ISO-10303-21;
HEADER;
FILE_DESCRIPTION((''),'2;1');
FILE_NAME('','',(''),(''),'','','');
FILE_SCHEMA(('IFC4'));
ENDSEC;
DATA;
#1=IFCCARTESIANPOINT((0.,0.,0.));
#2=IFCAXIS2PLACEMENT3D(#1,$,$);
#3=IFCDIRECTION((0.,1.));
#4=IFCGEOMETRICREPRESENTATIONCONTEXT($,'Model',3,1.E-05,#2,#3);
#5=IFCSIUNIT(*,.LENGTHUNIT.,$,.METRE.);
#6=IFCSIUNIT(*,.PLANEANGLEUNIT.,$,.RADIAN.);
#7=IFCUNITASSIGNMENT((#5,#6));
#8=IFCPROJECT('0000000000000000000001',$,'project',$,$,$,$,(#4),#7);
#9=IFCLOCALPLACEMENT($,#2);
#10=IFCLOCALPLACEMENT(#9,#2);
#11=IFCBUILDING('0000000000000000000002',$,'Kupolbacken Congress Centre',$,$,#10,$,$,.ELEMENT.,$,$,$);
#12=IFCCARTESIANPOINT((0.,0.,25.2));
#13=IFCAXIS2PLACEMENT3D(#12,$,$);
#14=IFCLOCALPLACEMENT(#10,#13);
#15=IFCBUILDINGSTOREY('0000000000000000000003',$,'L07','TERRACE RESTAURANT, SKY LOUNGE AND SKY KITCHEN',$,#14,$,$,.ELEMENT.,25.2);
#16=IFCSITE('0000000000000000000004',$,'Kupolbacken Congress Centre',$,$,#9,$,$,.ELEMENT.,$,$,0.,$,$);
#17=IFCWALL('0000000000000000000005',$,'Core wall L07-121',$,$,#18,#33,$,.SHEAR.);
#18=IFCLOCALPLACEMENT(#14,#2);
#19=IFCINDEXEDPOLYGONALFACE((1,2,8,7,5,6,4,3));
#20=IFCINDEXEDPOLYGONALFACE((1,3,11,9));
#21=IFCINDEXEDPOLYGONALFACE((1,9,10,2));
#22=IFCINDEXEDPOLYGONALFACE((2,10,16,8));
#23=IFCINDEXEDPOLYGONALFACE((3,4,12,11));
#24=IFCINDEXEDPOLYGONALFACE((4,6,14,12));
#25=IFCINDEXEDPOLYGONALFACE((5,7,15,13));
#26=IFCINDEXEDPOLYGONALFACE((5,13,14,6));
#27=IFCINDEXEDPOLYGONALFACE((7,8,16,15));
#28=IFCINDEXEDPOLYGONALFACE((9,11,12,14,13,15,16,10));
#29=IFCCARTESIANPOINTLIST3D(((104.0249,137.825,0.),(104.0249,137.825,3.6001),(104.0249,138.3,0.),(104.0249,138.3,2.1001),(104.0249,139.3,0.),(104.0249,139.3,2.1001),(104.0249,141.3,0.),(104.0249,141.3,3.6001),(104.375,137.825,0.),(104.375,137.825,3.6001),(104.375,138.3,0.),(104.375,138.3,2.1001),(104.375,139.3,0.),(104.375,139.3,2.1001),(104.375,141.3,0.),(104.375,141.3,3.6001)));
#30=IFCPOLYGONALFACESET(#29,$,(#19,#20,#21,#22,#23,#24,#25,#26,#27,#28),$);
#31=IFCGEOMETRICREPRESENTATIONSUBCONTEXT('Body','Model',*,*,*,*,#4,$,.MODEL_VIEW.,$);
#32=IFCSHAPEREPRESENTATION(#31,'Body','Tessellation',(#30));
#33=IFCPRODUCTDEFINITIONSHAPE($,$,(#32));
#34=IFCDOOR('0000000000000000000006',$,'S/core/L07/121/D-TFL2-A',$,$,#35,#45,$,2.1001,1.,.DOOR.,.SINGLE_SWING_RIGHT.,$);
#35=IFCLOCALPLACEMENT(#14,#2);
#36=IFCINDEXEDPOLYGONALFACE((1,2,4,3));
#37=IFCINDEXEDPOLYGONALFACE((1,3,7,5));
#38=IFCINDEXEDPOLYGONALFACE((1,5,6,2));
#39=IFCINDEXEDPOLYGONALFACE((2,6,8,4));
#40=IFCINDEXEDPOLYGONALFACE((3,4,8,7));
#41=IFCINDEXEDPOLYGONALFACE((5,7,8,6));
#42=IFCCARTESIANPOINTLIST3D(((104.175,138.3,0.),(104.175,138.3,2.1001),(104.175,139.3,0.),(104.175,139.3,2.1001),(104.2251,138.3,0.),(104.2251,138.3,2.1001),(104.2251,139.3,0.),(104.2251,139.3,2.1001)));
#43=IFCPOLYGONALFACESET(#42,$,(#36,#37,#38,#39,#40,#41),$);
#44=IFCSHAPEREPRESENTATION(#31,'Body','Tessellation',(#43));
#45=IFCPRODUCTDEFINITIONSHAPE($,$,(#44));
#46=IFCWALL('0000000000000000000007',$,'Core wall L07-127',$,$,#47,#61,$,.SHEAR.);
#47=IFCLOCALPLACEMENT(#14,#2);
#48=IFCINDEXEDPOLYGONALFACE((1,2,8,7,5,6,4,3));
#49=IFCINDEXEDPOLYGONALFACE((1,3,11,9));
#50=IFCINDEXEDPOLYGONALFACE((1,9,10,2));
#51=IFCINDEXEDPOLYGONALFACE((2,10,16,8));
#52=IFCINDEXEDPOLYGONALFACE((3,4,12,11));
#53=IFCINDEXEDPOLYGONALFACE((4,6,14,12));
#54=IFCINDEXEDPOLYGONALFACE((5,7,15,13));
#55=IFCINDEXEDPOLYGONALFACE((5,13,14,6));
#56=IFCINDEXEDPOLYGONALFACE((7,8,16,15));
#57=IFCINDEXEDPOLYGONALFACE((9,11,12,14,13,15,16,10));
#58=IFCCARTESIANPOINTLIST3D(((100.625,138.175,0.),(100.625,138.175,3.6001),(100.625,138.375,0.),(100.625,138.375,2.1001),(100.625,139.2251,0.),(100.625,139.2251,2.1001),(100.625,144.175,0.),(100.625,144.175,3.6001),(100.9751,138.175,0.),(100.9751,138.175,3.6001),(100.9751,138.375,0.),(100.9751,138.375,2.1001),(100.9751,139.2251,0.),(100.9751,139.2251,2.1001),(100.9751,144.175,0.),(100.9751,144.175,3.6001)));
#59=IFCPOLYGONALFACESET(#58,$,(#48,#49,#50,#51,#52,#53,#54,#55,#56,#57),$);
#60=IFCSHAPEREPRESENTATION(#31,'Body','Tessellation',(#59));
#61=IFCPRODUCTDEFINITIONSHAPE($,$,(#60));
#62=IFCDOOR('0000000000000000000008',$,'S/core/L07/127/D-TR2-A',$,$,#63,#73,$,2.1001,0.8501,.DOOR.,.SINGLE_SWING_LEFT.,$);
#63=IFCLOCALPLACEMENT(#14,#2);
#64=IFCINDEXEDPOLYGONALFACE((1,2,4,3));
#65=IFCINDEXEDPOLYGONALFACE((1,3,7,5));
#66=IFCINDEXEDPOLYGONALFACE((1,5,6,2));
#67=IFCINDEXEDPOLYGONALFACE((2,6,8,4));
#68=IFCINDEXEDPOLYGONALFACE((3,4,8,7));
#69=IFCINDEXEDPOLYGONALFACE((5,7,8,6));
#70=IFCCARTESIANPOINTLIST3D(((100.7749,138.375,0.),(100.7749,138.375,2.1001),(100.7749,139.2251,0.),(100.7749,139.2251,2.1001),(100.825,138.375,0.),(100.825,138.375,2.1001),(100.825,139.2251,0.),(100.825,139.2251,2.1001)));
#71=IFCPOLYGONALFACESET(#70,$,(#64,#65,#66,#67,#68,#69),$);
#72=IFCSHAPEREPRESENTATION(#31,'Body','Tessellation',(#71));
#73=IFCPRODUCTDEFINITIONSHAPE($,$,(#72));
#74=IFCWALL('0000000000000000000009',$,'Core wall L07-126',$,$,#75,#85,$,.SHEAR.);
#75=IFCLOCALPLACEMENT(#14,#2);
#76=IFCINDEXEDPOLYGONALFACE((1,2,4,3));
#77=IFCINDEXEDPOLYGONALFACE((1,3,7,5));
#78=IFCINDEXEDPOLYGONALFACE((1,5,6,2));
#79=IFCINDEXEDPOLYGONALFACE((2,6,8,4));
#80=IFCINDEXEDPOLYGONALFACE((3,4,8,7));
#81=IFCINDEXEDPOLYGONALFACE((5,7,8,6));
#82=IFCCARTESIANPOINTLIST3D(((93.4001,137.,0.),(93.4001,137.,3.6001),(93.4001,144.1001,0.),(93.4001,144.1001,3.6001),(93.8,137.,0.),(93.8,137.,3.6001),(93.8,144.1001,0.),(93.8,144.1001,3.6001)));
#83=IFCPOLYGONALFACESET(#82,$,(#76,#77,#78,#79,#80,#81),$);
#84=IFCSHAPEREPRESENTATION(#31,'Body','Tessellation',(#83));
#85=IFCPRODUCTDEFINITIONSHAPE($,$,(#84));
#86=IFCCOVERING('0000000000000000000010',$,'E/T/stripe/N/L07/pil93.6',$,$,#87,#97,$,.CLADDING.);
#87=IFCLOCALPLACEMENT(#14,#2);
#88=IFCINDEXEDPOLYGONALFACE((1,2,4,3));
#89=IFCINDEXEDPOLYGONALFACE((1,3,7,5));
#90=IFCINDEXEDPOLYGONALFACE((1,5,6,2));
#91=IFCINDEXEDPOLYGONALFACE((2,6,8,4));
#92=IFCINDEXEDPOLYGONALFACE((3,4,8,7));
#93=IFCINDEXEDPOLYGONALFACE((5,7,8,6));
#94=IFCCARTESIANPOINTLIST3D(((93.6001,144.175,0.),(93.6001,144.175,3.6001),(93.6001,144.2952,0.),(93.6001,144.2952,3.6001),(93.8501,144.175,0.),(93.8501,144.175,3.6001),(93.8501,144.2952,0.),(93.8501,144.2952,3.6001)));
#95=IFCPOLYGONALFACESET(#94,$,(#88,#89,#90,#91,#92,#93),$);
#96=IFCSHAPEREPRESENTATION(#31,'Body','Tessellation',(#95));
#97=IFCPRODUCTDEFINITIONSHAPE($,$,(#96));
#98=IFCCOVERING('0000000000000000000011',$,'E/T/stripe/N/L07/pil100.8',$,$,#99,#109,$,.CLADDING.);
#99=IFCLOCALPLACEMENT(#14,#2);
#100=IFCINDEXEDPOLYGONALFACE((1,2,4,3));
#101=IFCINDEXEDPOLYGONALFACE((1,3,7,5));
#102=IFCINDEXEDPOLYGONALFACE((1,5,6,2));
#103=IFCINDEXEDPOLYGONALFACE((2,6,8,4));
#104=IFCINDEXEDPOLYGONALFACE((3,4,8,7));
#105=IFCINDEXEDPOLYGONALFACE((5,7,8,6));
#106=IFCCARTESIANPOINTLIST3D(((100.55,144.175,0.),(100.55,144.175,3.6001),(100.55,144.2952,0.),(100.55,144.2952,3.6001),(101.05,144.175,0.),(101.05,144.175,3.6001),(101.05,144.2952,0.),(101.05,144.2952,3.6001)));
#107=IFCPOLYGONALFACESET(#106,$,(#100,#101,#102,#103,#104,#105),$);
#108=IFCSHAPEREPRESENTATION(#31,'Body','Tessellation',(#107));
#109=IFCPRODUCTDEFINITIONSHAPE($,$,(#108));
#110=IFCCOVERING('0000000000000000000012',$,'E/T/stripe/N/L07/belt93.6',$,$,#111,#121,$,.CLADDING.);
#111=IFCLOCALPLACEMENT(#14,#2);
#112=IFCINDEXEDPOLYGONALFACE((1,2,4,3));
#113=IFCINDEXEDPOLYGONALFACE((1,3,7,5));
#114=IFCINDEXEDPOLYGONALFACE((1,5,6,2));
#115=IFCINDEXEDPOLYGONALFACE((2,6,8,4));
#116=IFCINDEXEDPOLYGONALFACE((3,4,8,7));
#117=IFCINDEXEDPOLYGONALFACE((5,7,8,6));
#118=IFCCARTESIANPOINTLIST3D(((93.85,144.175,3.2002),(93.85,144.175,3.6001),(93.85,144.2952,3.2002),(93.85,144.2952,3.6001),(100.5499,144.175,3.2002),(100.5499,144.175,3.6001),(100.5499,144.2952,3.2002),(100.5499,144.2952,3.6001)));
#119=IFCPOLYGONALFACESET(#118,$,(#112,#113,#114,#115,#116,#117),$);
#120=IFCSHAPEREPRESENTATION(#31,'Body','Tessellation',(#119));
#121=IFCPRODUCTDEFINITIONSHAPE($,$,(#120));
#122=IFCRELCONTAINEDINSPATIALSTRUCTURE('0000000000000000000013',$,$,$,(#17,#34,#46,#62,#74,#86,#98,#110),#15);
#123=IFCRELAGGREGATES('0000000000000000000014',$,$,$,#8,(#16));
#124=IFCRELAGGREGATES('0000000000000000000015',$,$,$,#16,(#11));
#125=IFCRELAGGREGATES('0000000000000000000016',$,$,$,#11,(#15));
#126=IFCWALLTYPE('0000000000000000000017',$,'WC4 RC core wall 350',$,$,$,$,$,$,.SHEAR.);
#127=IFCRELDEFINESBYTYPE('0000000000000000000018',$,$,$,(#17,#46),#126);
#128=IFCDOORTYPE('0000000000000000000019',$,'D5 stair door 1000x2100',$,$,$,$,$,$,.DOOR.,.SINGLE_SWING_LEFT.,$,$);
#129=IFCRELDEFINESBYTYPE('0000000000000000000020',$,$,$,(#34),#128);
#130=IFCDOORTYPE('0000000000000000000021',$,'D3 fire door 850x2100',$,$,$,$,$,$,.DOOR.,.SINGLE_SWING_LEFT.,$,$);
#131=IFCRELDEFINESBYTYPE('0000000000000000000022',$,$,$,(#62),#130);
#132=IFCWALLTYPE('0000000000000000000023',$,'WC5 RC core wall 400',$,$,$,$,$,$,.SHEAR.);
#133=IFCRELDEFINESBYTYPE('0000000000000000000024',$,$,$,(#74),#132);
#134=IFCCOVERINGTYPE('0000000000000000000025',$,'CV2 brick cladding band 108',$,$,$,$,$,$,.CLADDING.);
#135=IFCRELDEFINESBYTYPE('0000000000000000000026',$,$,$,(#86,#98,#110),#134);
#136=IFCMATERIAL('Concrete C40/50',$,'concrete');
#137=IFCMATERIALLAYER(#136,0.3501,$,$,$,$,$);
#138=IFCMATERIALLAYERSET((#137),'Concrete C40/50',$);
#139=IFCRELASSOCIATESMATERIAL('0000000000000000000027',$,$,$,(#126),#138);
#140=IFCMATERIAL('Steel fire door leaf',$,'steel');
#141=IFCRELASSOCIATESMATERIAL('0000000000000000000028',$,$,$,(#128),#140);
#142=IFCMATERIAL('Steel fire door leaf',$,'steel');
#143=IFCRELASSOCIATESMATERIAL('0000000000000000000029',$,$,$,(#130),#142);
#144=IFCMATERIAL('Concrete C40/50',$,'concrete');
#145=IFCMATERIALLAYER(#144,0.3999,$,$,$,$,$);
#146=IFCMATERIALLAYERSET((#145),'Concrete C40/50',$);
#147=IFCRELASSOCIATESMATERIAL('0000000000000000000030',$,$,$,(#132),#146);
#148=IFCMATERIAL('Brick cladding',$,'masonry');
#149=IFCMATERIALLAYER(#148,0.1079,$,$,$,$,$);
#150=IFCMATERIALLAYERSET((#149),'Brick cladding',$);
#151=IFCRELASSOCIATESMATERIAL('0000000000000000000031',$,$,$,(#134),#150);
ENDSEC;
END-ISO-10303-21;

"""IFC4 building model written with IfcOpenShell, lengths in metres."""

from ifc_helpers import new_model, si_unit, direction, frame, frame_2d, origin, origin_2d, place, context, subcontext, project, spatial, rectangle, extrude, material, layer, layer_set, type_object, element, fill, save


model = new_model("IFC4")

# Units and contexts
model_context = context("Model", 3, precision=1e-05, world=origin(), true_north=direction((0.0, 1.0)))
body_context = subcontext(model_context, "Body", "Model", "MODEL_VIEW")
ifc_project = project(units=[si_unit("LENGTHUNIT", "METRE"), si_unit("PLANEANGLEUNIT", "RADIAN")], contexts=[model_context])

# Site, building, storey
site_placement = place(None, origin())
site = spatial("IfcSite", under=ifc_project, at=site_placement, Name="Kupolbacken Congress Centre", CompositionType="ELEMENT", RefElevation=0.0)
building_placement = place(site_placement, origin())
building = spatial("IfcBuilding", under=site, at=building_placement, Name="Kupolbacken Congress Centre", CompositionType="ELEMENT")
storey_placement = place(building_placement, frame((0.0, 0.0, 25.2)))
storey = spatial("IfcBuildingStorey", under=building, at=storey_placement, Name="L07", Description="TERRACE RESTAURANT, SKY LOUNGE AND SKY KITCHEN", CompositionType="ELEMENT", Elevation=25.2)

# Walls, openings, doors
ifc_material_1 = material(Name="Concrete C40/50", Category="concrete")
ifc_layer_1 = layer(ifc_material_1, 0.3501)
ifc_layer_set_1 = layer_set([ifc_layer_1], Name="Concrete C40/50")
wall_type_1 = type_object("IfcWallType", Name="WC4 RC core wall 350", PredefinedType="SHEAR", material=ifc_layer_set_1)
ifc_material_2 = material(Name="Steel fire door leaf", Category="steel")
door_type_1 = type_object("IfcDoorType", Name="D5 stair door 1000x2100", OperationType="SINGLE_SWING_LEFT", PredefinedType="DOOR", material=ifc_material_2)
wall_1_placement = place(storey_placement, frame((104.2, 137.825, 0.0), z_axis=(0.0, 0.0, 1.0), x_axis=(0.0, 1.0, 0.0)))
wall_1 = element("IfcWall", 1, at=wall_1_placement, inside=storey, type_object=wall_type_1, Name="Core wall L07-121", PredefinedType="SHEAR", context=body_context, shape_type="SweptSolid", body=[
    extrude(rectangle(XDim=3.4751, YDim=0.3501, at=frame_2d((1.7375, 0.0))), origin(), (0.0, 0.0, 1.0), 3.6001),
])
opening_1_placement = place(wall_1_placement, frame((0.4751, 0.0, 0.0)))
opening_1 = element("IfcOpeningElement", 2, at=opening_1_placement, cuts=wall_1, PredefinedType="OPENING", context=body_context, shape_type="SweptSolid", body=[
    extrude(rectangle(XDim=1.0, YDim=2.1001, at=frame_2d((0.5, 1.05))), frame((0.0, 0.1851, 0.0), z_axis=(0.0, -1.0, 0.0), x_axis=(1.0, 0.0, 0.0)), (0.0, 0.0, 1.0), 0.3701),
])
door_1_placement = place(opening_1_placement, origin())
door_1 = element("IfcDoor", 3, at=door_1_placement, inside=storey, type_object=door_type_1, Name="S/core/L07/121/D-TFL2-A", OperationType="SINGLE_SWING_RIGHT", OverallHeight=2.1001, OverallWidth=1.0, PredefinedType="DOOR", context=body_context, shape_type="SweptSolid", body=[
    extrude(rectangle(XDim=1.0, YDim=2.1001, at=frame_2d((0.5, 1.05))), frame((0.0, 0.0249, 0.0), z_axis=(0.0, -1.0, 0.0), x_axis=(1.0, 0.0, 0.0)), (0.0, 0.0, 1.0), 0.05),
])
fill(opening_1, door_1)
wall_2_placement = place(storey_placement, frame((100.8, 144.175, 0.0), z_axis=(0.0, 0.0, 1.0), x_axis=(0.0, -1.0, 0.0)))
wall_2 = element("IfcWall", 4, at=wall_2_placement, inside=storey, type_object=wall_type_1, Name="Core wall L07-127", PredefinedType="SHEAR", context=body_context, shape_type="SweptSolid", body=[
    extrude(rectangle(XDim=6.0, YDim=0.3501, at=frame_2d((3.0, 0.0))), origin(), (0.0, 0.0, 1.0), 3.6001),
])
opening_2_placement = place(wall_2_placement, frame((4.95, 0.0, 0.0)))
opening_2 = element("IfcOpeningElement", 5, at=opening_2_placement, cuts=wall_2, PredefinedType="OPENING", context=body_context, shape_type="SweptSolid", body=[
    extrude(rectangle(XDim=0.8501, YDim=2.1001, at=frame_2d((0.425, 1.05))), frame((0.0, 0.1851, 0.0), z_axis=(0.0, -1.0, 0.0), x_axis=(1.0, 0.0, 0.0)), (0.0, 0.0, 1.0), 0.3701),
])
ifc_material_3 = material(Name="Steel fire door leaf", Category="steel")
door_type_2 = type_object("IfcDoorType", Name="D3 fire door 850x2100", OperationType="SINGLE_SWING_LEFT", PredefinedType="DOOR", material=ifc_material_3)
door_2_placement = place(opening_2_placement, origin())
door_2 = element("IfcDoor", 6, at=door_2_placement, inside=storey, type_object=door_type_2, Name="S/core/L07/127/D-TR2-A", OperationType="SINGLE_SWING_LEFT", OverallHeight=2.1001, OverallWidth=0.8501, PredefinedType="DOOR", context=body_context, shape_type="SweptSolid", body=[
    extrude(rectangle(XDim=0.8501, YDim=2.1001, at=frame_2d((0.425, 1.05))), frame((0.0, 0.0249, 0.0), z_axis=(0.0, -1.0, 0.0), x_axis=(1.0, 0.0, 0.0)), (0.0, 0.0, 1.0), 0.05),
])
fill(opening_2, door_2)

# Wall
ifc_material_4 = material(Name="Concrete C40/50", Category="concrete")
ifc_layer_2 = layer(ifc_material_4, 0.3999)
ifc_layer_set_2 = layer_set([ifc_layer_2], Name="Concrete C40/50")
wall_type_2 = type_object("IfcWallType", Name="WC5 RC core wall 400", PredefinedType="SHEAR", material=ifc_layer_set_2)
wall_3_placement = place(storey_placement, frame((93.6001, 144.1001, 0.0), z_axis=(0.0, 0.0, 1.0), x_axis=(0.0, -1.0, 0.0)))
element("IfcWall", 7, at=wall_3_placement, inside=storey, type_object=wall_type_2, Name="Core wall L07-126", PredefinedType="SHEAR", context=body_context, shape_type="SweptSolid", body=[
    extrude(rectangle(XDim=7.1001, YDim=0.3999, at=frame_2d((3.55, 0.0))), origin(), (0.0, 0.0, 1.0), 3.6001),
])

# Coverings
ifc_material_5 = material(Name="Brick cladding", Category="masonry")
ifc_layer_3 = layer(ifc_material_5, 0.1079)
ifc_layer_set_3 = layer_set([ifc_layer_3], Name="Brick cladding")
covering_type = type_object("IfcCoveringType", Name="CV2 brick cladding band 108", PredefinedType="CLADDING", material=ifc_layer_set_3)
covering_1_placement = place(storey_placement, frame((93.7251, 144.2351, 0.0), z_axis=(0.0, 0.0, 1.0), x_axis=(1.0, 0.0, 0.0)))
element("IfcCovering", 8, at=covering_1_placement, inside=storey, type_object=covering_type, Name="E/T/stripe/N/L07/pil93.6", PredefinedType="CLADDING", context=body_context, shape_type="SweptSolid", body=[
    extrude(rectangle(XDim=0.25, YDim=0.1201, at=origin_2d()), origin(), (0.0, 0.0, 1.0), 3.6001),
])
covering_2_placement = place(storey_placement, frame((100.8, 144.2351, 0.0), z_axis=(0.0, 0.0, 1.0), x_axis=(1.0, 0.0, 0.0)))
element("IfcCovering", 9, at=covering_2_placement, inside=storey, type_object=covering_type, Name="E/T/stripe/N/L07/pil100.8", PredefinedType="CLADDING", context=body_context, shape_type="SweptSolid", body=[
    extrude(rectangle(XDim=0.5, YDim=0.1201, at=origin_2d()), origin(), (0.0, 0.0, 1.0), 3.6001),
])
covering_3_placement = place(storey_placement, frame((97.2, 144.2351, 3.2002), z_axis=(0.0, 0.0, 1.0), x_axis=(1.0, 0.0, 0.0)))
element("IfcCovering", 10, at=covering_3_placement, inside=storey, type_object=covering_type, Name="E/T/stripe/N/L07/belt93.6", PredefinedType="CLADDING", context=body_context, shape_type="SweptSolid", body=[
    extrude(rectangle(XDim=6.7, YDim=0.1201, at=origin_2d()), origin(), (0.0, 0.0, 1.0), 0.3999),
])

save(model, "model.ifc")
